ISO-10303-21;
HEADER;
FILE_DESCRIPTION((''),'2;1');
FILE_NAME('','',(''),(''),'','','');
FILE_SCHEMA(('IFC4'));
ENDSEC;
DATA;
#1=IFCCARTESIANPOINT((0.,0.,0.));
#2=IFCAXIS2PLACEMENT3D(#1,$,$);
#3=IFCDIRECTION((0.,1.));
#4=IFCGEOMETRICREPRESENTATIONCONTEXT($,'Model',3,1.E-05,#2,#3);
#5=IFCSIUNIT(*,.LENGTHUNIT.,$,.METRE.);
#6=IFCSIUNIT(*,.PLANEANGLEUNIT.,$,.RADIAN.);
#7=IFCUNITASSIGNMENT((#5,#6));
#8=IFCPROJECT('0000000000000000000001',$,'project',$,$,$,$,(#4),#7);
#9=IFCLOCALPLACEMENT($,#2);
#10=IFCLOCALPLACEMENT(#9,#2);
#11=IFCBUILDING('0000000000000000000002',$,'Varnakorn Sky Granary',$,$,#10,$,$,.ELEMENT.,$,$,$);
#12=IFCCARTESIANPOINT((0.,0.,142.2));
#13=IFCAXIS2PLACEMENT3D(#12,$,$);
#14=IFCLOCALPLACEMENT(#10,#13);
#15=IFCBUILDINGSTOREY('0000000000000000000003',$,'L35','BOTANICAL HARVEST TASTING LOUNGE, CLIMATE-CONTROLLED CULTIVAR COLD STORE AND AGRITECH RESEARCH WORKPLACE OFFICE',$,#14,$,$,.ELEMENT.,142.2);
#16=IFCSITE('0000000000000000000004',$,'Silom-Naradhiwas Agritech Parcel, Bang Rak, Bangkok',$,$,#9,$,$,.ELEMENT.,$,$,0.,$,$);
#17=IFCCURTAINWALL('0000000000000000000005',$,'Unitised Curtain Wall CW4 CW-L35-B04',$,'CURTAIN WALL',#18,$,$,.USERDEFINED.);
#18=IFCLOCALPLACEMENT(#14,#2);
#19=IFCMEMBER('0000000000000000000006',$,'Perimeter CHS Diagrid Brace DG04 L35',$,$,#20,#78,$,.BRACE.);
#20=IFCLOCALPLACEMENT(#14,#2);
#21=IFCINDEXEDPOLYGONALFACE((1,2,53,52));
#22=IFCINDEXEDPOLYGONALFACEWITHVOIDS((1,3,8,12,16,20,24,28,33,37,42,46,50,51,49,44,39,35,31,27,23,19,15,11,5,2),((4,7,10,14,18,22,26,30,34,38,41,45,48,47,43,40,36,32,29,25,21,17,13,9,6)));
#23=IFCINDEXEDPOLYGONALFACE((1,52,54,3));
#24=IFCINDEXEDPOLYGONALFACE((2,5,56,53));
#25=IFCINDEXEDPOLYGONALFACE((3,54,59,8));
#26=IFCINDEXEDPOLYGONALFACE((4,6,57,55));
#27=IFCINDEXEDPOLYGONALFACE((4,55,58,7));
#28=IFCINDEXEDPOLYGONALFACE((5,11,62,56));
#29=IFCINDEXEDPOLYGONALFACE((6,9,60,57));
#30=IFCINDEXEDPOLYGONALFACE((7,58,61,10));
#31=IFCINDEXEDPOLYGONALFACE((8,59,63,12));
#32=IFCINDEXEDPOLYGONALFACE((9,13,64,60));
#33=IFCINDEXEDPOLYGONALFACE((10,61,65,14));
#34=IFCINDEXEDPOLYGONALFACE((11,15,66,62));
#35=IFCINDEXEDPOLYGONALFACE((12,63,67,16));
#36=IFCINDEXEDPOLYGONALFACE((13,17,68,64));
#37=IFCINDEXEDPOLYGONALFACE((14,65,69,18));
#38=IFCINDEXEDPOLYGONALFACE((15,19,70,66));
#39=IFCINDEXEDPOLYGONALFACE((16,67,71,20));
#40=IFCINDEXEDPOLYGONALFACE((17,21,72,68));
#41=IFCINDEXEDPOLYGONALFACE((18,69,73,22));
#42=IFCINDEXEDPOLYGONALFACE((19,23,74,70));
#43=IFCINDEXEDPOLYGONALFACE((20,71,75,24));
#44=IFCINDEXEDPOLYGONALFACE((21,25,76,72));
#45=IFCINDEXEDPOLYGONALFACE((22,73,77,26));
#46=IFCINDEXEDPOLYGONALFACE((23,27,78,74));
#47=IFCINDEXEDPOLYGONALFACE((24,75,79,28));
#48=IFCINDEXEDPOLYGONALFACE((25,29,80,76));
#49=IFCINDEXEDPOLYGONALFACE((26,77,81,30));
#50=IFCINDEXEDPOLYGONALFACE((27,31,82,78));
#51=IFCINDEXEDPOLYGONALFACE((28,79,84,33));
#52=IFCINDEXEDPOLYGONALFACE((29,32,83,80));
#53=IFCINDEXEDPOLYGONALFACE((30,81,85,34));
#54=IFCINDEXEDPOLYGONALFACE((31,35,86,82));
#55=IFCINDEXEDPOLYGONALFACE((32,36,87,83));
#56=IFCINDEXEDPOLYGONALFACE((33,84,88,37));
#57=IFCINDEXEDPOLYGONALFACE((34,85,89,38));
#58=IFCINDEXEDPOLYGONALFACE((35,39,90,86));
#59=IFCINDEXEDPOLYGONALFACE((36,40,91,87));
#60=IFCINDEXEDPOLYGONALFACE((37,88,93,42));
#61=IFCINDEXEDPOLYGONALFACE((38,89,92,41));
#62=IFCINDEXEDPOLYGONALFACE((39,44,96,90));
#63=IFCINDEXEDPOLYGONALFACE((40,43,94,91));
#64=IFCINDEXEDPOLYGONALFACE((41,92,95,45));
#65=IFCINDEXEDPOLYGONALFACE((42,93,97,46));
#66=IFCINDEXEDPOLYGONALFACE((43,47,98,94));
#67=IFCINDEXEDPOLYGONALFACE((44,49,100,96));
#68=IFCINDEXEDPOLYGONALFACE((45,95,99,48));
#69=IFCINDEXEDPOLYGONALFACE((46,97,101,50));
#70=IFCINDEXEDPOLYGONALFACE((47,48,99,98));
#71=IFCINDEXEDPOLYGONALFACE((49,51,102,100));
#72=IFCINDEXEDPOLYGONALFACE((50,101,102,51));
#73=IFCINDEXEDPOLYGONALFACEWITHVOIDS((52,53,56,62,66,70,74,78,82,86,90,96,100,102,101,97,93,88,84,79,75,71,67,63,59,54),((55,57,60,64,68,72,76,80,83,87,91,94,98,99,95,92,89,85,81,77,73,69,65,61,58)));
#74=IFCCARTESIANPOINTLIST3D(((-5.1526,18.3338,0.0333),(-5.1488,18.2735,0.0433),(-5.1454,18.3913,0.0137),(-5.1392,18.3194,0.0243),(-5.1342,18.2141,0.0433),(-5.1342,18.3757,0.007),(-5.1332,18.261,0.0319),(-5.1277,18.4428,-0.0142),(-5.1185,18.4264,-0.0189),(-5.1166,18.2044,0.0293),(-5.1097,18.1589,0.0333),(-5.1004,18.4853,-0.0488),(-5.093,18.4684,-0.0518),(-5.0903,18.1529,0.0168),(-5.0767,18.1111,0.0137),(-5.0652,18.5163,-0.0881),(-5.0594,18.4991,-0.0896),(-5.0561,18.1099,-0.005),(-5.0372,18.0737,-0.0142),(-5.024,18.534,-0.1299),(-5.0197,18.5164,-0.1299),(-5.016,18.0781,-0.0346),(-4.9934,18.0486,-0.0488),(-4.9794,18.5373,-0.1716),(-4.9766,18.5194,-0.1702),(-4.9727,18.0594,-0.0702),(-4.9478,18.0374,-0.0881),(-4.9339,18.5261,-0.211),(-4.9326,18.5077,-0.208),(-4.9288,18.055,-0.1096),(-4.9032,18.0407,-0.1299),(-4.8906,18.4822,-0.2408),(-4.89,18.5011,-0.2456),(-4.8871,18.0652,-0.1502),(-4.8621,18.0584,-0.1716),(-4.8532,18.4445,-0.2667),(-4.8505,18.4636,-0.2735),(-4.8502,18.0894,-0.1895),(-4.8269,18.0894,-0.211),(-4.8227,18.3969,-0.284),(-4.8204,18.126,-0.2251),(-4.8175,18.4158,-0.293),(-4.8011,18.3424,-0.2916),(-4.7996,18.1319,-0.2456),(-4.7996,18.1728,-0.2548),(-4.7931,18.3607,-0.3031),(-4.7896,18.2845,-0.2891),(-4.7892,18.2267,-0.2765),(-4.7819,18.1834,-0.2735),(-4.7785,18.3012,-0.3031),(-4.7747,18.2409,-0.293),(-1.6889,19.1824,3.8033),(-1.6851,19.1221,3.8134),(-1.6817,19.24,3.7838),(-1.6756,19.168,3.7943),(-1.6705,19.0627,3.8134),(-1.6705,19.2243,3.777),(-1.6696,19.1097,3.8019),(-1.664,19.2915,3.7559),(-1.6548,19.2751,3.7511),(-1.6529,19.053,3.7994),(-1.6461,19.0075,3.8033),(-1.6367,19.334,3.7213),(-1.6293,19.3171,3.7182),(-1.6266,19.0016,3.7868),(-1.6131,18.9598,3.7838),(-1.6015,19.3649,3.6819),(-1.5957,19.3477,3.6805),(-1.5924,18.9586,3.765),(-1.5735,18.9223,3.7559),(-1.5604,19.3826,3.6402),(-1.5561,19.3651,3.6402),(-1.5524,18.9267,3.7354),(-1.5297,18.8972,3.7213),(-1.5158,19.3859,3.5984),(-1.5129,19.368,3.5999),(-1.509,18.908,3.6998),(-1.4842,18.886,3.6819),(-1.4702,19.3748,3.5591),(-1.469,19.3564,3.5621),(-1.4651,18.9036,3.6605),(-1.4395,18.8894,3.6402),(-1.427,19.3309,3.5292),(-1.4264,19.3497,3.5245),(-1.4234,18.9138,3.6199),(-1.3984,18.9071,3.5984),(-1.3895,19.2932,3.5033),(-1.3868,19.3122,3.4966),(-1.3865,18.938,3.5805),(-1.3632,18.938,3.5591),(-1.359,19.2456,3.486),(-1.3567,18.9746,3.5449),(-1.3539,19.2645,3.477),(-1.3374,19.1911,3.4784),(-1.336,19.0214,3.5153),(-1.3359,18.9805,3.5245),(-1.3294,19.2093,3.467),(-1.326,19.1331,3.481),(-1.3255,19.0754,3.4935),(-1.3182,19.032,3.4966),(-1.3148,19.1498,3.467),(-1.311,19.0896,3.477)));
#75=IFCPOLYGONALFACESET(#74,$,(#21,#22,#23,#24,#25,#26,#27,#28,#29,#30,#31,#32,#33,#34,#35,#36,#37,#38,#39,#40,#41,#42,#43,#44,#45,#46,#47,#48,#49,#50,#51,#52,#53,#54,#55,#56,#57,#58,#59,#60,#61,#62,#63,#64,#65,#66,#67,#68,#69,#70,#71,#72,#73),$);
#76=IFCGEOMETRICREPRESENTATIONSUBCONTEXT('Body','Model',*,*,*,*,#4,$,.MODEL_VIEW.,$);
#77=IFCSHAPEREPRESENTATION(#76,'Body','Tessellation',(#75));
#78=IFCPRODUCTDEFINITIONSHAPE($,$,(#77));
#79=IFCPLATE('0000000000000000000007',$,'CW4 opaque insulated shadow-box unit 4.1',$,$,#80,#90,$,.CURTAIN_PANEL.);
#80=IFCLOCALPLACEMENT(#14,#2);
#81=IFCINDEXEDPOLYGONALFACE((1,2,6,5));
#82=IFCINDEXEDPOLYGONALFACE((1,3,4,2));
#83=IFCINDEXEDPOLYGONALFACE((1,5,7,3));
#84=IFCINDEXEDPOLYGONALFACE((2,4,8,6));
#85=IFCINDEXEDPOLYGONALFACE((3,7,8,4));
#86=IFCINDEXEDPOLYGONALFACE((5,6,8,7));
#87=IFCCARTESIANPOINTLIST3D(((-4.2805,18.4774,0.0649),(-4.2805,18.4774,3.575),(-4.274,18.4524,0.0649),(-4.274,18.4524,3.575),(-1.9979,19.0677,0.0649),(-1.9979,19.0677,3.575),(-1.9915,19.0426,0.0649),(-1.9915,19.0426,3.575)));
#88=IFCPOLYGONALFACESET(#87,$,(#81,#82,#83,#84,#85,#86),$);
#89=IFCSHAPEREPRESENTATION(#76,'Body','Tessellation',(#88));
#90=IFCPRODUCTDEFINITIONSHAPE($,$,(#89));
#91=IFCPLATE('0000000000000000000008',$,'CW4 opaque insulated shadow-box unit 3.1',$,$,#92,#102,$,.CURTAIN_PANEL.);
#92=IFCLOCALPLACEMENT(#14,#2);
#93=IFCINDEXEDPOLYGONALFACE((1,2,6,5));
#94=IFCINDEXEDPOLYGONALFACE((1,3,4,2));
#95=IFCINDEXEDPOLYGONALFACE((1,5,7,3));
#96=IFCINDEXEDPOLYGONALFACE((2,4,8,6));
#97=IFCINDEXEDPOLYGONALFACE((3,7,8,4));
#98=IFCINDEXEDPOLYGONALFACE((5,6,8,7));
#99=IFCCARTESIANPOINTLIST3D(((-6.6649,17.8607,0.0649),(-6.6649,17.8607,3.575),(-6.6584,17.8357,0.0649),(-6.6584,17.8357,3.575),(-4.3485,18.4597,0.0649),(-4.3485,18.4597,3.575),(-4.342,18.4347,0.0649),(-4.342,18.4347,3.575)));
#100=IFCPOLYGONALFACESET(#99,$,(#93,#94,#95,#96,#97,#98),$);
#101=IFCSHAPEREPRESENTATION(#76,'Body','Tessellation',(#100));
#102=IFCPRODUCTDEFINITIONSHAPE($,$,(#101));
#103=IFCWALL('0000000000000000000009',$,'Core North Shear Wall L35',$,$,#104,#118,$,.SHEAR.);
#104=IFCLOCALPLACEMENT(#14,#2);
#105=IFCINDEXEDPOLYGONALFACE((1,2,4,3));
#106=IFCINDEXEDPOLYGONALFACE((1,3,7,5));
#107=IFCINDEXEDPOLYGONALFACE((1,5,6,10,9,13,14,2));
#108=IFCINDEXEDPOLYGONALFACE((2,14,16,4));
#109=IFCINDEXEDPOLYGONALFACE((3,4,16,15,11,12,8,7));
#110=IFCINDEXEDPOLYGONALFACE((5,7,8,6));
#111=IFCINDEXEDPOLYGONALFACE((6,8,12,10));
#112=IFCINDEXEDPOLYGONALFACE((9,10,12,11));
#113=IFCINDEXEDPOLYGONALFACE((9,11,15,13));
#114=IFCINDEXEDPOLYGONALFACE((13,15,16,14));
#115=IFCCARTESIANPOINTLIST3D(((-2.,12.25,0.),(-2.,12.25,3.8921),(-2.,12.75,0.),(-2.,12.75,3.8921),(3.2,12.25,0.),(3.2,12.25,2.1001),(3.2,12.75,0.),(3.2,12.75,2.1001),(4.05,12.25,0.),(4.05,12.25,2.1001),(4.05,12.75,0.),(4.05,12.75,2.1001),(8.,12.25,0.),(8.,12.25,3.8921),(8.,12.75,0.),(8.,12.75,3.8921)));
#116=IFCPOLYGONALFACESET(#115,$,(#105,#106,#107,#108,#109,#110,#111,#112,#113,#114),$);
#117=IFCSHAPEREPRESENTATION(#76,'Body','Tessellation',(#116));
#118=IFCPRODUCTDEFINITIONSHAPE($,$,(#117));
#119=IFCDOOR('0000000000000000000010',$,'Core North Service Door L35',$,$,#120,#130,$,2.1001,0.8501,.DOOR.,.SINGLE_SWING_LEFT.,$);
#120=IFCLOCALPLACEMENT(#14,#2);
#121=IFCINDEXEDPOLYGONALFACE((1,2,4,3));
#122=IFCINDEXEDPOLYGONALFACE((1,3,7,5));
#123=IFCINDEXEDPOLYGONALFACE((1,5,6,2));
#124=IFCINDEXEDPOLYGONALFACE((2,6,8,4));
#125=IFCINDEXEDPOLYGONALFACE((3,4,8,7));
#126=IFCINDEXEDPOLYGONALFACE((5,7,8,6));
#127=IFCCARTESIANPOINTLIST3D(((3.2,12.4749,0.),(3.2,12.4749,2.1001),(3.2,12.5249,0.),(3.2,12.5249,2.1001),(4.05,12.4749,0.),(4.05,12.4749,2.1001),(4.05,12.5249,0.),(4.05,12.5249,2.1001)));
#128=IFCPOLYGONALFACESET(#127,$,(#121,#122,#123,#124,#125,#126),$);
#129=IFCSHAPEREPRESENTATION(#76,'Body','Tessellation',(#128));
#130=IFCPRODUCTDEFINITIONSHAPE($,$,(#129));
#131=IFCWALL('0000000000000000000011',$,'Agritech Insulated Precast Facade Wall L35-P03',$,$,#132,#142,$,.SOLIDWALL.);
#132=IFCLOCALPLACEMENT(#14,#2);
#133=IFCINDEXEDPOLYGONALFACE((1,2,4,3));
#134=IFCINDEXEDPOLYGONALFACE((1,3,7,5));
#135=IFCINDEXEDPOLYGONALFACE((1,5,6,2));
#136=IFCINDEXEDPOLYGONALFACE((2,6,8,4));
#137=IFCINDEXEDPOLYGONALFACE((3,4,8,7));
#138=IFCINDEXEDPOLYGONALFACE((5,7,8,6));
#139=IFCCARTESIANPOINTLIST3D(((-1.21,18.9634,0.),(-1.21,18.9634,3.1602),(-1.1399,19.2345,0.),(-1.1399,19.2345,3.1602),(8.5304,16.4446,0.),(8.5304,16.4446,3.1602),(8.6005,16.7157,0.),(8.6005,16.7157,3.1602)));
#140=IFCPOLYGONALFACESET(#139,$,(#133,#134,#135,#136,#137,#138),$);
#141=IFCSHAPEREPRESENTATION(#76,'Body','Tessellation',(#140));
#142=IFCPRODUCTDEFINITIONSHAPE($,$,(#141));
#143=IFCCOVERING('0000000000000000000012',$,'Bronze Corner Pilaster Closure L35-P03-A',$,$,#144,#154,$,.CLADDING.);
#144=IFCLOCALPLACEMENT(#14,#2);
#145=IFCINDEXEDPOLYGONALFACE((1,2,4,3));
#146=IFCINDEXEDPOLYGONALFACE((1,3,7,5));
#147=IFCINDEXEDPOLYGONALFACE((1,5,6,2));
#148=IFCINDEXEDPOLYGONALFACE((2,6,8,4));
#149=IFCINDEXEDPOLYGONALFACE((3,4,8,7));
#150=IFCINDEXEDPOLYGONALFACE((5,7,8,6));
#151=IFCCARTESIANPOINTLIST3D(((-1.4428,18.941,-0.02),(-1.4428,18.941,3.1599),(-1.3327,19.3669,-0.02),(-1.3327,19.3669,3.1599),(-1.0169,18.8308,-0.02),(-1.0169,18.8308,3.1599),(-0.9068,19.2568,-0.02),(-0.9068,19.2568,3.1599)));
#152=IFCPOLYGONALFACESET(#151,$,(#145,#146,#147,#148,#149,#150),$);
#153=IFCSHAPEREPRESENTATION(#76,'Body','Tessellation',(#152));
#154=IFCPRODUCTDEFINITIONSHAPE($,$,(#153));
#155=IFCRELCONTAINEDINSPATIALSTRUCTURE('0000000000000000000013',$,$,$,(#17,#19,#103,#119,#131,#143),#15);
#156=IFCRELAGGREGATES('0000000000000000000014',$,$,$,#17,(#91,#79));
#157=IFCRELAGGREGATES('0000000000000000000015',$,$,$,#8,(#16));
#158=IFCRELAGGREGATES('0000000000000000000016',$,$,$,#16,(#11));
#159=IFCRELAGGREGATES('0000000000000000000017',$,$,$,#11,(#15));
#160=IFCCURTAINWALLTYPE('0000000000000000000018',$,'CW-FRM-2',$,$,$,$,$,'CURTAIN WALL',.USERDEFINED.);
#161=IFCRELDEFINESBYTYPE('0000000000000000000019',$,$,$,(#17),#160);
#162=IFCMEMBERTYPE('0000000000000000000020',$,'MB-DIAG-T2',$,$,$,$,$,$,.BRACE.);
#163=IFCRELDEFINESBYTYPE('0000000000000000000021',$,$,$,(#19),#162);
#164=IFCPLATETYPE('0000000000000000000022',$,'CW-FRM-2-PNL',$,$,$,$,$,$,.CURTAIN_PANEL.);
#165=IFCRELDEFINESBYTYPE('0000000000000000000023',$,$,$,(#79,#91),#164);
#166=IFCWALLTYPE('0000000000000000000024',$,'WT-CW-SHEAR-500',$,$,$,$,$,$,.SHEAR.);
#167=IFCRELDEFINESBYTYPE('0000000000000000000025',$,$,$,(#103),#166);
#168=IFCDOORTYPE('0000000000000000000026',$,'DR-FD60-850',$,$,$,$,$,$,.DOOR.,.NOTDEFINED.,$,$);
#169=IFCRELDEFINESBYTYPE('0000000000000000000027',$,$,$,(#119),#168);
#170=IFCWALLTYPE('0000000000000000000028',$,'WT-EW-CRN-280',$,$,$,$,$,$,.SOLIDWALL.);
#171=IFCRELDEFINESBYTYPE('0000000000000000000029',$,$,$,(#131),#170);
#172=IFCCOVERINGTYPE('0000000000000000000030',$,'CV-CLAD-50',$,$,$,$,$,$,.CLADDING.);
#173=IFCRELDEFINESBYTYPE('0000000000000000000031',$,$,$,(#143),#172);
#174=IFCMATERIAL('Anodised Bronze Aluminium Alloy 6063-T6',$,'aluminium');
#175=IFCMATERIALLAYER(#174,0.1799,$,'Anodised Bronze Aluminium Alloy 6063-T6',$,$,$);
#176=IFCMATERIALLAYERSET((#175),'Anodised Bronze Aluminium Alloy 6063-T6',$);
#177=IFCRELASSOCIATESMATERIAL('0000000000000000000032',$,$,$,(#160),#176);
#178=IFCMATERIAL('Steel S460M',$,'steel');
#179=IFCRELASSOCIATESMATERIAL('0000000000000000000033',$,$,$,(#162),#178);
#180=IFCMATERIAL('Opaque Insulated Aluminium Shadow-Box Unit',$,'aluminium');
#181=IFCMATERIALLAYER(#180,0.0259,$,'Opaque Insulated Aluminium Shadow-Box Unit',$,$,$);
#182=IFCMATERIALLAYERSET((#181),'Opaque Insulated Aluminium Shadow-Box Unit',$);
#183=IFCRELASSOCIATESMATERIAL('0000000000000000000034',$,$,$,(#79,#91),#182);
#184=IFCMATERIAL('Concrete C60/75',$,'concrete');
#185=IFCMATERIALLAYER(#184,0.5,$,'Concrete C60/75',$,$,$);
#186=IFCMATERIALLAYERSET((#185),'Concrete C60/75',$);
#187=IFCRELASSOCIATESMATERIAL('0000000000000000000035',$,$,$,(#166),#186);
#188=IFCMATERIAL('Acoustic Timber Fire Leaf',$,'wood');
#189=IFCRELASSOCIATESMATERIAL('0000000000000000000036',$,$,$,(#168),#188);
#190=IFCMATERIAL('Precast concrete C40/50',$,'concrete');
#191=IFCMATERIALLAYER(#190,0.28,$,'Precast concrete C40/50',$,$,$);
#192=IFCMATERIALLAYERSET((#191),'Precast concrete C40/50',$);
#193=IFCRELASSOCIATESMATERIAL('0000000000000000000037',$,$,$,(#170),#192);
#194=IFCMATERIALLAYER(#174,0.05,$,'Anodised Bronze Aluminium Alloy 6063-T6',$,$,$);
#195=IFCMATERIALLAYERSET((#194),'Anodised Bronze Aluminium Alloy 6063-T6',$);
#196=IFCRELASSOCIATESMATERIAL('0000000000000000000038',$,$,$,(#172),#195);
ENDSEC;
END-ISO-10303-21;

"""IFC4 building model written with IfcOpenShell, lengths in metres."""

from ifc_helpers import new_model, si_unit, direction, frame, frame_2d, origin, origin_2d, place, context, subcontext, project, spatial, rectangle, hollow_circle, extrude, source, transform, mapped, material, layer, layer_set, material_profile, profile_set, type_object, type_shapes, element, fill, aggregate, save


model = new_model("IFC4")

# Units and contexts
model_context = context("Model", 3, precision=1e-05, world=origin(), true_north=direction((0.0, 1.0)))
body_context = subcontext(model_context, "Body", "Model", "MODEL_VIEW")
ifc_project = project(units=[si_unit("LENGTHUNIT", "METRE"), si_unit("PLANEANGLEUNIT", "RADIAN")], contexts=[model_context])

# Site, building, storey
site_placement = place(None, origin())
site = spatial("IfcSite", under=ifc_project, at=site_placement, Name="Silom-Naradhiwas Agritech Parcel, Bang Rak, Bangkok", CompositionType="ELEMENT", RefElevation=0.0)
building_placement = place(site_placement, origin())
building = spatial("IfcBuilding", under=site, at=building_placement, Name="Varnakorn Sky Granary", CompositionType="ELEMENT")
storey_placement = place(building_placement, frame((0.0, 0.0, 142.2)))
storey = spatial("IfcBuildingStorey", under=building, at=storey_placement, Name="L35", Description="BOTANICAL HARVEST TASTING LOUNGE, CLIMATE-CONTROLLED CULTIVAR COLD STORE AND AGRITECH RESEARCH WORKPLACE OFFICE", CompositionType="ELEMENT", Elevation=142.2)

# Shared definitions
ifc_material_1 = material(Name="Steel S460M", Category="steel")

# Curtain wall
ifc_material_2 = material(Name="Anodised Bronze Aluminium Alloy 6063-T6", Category="aluminium")
ifc_layer_1 = layer(ifc_material_2, 0.1799, Name="Anodised Bronze Aluminium Alloy 6063-T6")
ifc_layer_set_1 = layer_set([ifc_layer_1], Name="Anodised Bronze Aluminium Alloy 6063-T6")
curtain_wall_type = type_object("IfcCurtainWallType", Name="CW-FRM-2", ElementType="CURTAIN WALL", PredefinedType="USERDEFINED", material=ifc_layer_set_1)
curtain_wall_placement = place(storey_placement, origin())
curtain_wall = element("IfcCurtainWall", 1, at=curtain_wall_placement, inside=storey, type_object=curtain_wall_type, Name="Unitised Curtain Wall CW4 CW-L35-B04", ObjectType="CURTAIN WALL", PredefinedType="USERDEFINED")

# Member
ifc_material_profile_1 = material_profile(ifc_material_1, hollow_circle(Radius=0.2539, WallThickness=0.0181, at=origin_2d()), Name="CHS 508x18")
ifc_profile_set_1 = profile_set([ifc_material_profile_1], Name="Steel S460M")
member_type_1 = type_object("IfcMemberType", Name="MB-DIAG-T2", PredefinedType="BRACE", material=ifc_profile_set_1)
member_1_placement = place(storey_placement, frame((-4.9636, 18.2874, -0.1299), z_axis=(0.667441, 0.163532, 0.726484), x_axis=(-0.237974, 0.971271, 0.0)))
element("IfcMember", 2, at=member_1_placement, inside=storey, type_object=member_type_1, Name="Perimeter CHS Diagrid Brace DG04 L35", PredefinedType="BRACE", context=body_context, shape_type="SweptSolid", body=[
    extrude(hollow_circle(Radius=0.2539, WallThickness=0.0181, at=origin_2d()), origin(), (0.0, 0.0, 1.0), 5.1895),
])

# Plates
ifc_material_3 = material(Name="Opaque Insulated Aluminium Shadow-Box Unit", Category="aluminium")
ifc_layer_2 = layer(ifc_material_3, 0.0259, Name="Opaque Insulated Aluminium Shadow-Box Unit")
ifc_layer_set_2 = layer_set([ifc_layer_2], Name="Opaque Insulated Aluminium Shadow-Box Unit")
plate_type = type_object("IfcPlateType", Name="CW-FRM-2-PNL", PredefinedType="CURTAIN_PANEL")
shared_shape_1 = source(origin(), body_context, "Body", "SweptSolid", [
    extrude(rectangle(XDim=2.3577, YDim=0.0259, at=origin_2d()), origin(), (0.0, 0.0, 1.0), 3.51),
])
plate_1_placement = place(storey_placement, frame((-3.136, 18.76, 0.0649), z_axis=(0.0, 0.0, 1.0), x_axis=(0.968156, 0.250348, 0.0)))
plate_1 = element("IfcPlate", 3, at=plate_1_placement, type_object=plate_type, material=ifc_layer_set_2, Name="CW4 opaque insulated shadow-box unit 4.1", PredefinedType="CURTAIN_PANEL", context=body_context, shape_type="MappedRepresentation", body=[
    mapped(shared_shape_1, transform((0.0, 0.0, 0.0), x_axis=(1.0, 0.0, 0.0), y_axis=(0.0, 1.0, 0.0), z_axis=(0.0, 0.0, 1.0), scale=1.0)),
])
shared_shape_2 = source(origin(), body_context, "Body", "SweptSolid", [
    extrude(rectangle(XDim=2.3926, YDim=0.0259, at=origin_2d()), origin(), (0.0, 0.0, 1.0), 3.51),
])
type_shapes(plate_type, [shared_shape_1, shared_shape_2])
plate_2_placement = place(storey_placement, frame((-5.5034, 18.1477, 0.0649), z_axis=(0.0, 0.0, 1.0), x_axis=(0.968156, 0.250348, 0.0)))
plate_2 = element("IfcPlate", 4, at=plate_2_placement, type_object=plate_type, material=ifc_layer_set_2, Name="CW4 opaque insulated shadow-box unit 3.1", PredefinedType="CURTAIN_PANEL", context=body_context, shape_type="MappedRepresentation", body=[
    mapped(shared_shape_2, transform((0.0, 0.0, 0.0), x_axis=(1.0, 0.0, 0.0), y_axis=(0.0, 1.0, 0.0), z_axis=(0.0, 0.0, 1.0), scale=1.0)),
])
aggregate(curtain_wall, [plate_2, plate_1])

# Wall, opening, door
ifc_material_4 = material(Name="Concrete C60/75", Category="concrete")
ifc_layer_3 = layer(ifc_material_4, 0.5, Name="Concrete C60/75")
ifc_layer_set_3 = layer_set([ifc_layer_3], Name="Concrete C60/75")
wall_type_1 = type_object("IfcWallType", Name="WT-CW-SHEAR-500", PredefinedType="SHEAR", material=ifc_layer_set_3)
wall_1_placement = place(storey_placement, frame((-2.0, 12.5, 0.0), z_axis=(0.0, 0.0, 1.0), x_axis=(1.0, 0.0, 0.0)))
wall_1 = element("IfcWall", 5, at=wall_1_placement, inside=storey, type_object=wall_type_1, Name="Core North Shear Wall L35", PredefinedType="SHEAR", context=body_context, shape_type="SweptSolid", body=[
    extrude(rectangle(XDim=10.0, YDim=0.5, at=frame_2d((5.0, 0.0))), origin(), (0.0, 0.0, 1.0), 3.8921),
])
opening_placement = place(wall_1_placement, frame((5.2, 0.0, 0.0)))
opening = element("IfcOpeningElement", 6, at=opening_placement, cuts=wall_1, PredefinedType="OPENING", context=body_context, shape_type="SweptSolid", body=[
    extrude(rectangle(XDim=0.8501, YDim=2.1001, at=frame_2d((0.425, 1.05))), frame((0.0, 0.26, 0.0), z_axis=(0.0, -1.0, 0.0), x_axis=(1.0, 0.0, 0.0)), (0.0, 0.0, 1.0), 0.52),
])
ifc_material_5 = material(Name="Acoustic Timber Fire Leaf", Category="wood")
door_type = type_object("IfcDoorType", Name="DR-FD60-850", OperationType="NOTDEFINED", PredefinedType="DOOR", material=ifc_material_5)
door_placement = place(opening_placement, origin())
door = element("IfcDoor", 7, at=door_placement, inside=storey, type_object=door_type, Name="Core North Service Door L35", OperationType="SINGLE_SWING_LEFT", OverallHeight=2.1001, OverallWidth=0.8501, PredefinedType="DOOR", context=body_context, shape_type="SweptSolid", body=[
    extrude(rectangle(XDim=0.8501, YDim=2.1001, at=frame_2d((0.425, 1.05))), frame((0.0, 0.0249, 0.0), z_axis=(0.0, -1.0, 0.0), x_axis=(1.0, 0.0, 0.0)), (0.0, 0.0, 1.0), 0.05),
])
fill(opening, door)

# Wall
ifc_material_6 = material(Name="Precast concrete C40/50", Category="concrete")
ifc_layer_4 = layer(ifc_material_6, 0.28, Name="Precast concrete C40/50")
ifc_layer_set_4 = layer_set([ifc_layer_4], Name="Precast concrete C40/50")
wall_type_2 = type_object("IfcWallType", Name="WT-EW-CRN-280", PredefinedType="SOLIDWALL", material=ifc_layer_set_4)
wall_2_placement = place(storey_placement, frame((-1.1748, 19.0989, 0.0), z_axis=(0.0, 0.0, 1.0), x_axis=(0.968154, -0.250356, 0.0)))
element("IfcWall", 8, at=wall_2_placement, inside=storey, type_object=wall_type_2, Name="Agritech Insulated Precast Facade Wall L35-P03", PredefinedType="SOLIDWALL", context=body_context, shape_type="SweptSolid", body=[
    extrude(rectangle(XDim=10.0608, YDim=0.28, at=frame_2d((5.0303, 0.0))), origin(), (0.0, 0.0, 1.0), 3.1602),
])

# Covering
ifc_layer_5 = layer(ifc_material_2, 0.05, Name="Anodised Bronze Aluminium Alloy 6063-T6")
ifc_layer_set_5 = layer_set([ifc_layer_5], Name="Anodised Bronze Aluminium Alloy 6063-T6")
covering_type = type_object("IfcCoveringType", Name="CV-CLAD-50", PredefinedType="CLADDING", material=ifc_layer_set_5)
shared_shape_3 = source(origin(), body_context, "Body", "SweptSolid", [
    extrude(rectangle(XDim=0.4399, YDim=0.4399, at=origin_2d()), origin(), (0.0, 0.0, 1.0), 3.1799),
])
type_shapes(covering_type, [shared_shape_3])
covering_placement = place(storey_placement, frame((-1.1748, 19.0989, -0.02), z_axis=(0.0, 0.0, 1.0), x_axis=(0.968148, -0.25038, 0.0)))
element("IfcCovering", 9, at=covering_placement, inside=storey, type_object=covering_type, Name="Bronze Corner Pilaster Closure L35-P03-A", PredefinedType="CLADDING", context=body_context, shape_type="MappedRepresentation", body=[
    mapped(shared_shape_3, transform((0.0, 0.0, 0.0), x_axis=(1.0, 0.0, 0.0), y_axis=(0.0, 1.0, 0.0), z_axis=(0.0, 0.0, 1.0), scale=1.0)),
])

save(model, "model.ifc")
